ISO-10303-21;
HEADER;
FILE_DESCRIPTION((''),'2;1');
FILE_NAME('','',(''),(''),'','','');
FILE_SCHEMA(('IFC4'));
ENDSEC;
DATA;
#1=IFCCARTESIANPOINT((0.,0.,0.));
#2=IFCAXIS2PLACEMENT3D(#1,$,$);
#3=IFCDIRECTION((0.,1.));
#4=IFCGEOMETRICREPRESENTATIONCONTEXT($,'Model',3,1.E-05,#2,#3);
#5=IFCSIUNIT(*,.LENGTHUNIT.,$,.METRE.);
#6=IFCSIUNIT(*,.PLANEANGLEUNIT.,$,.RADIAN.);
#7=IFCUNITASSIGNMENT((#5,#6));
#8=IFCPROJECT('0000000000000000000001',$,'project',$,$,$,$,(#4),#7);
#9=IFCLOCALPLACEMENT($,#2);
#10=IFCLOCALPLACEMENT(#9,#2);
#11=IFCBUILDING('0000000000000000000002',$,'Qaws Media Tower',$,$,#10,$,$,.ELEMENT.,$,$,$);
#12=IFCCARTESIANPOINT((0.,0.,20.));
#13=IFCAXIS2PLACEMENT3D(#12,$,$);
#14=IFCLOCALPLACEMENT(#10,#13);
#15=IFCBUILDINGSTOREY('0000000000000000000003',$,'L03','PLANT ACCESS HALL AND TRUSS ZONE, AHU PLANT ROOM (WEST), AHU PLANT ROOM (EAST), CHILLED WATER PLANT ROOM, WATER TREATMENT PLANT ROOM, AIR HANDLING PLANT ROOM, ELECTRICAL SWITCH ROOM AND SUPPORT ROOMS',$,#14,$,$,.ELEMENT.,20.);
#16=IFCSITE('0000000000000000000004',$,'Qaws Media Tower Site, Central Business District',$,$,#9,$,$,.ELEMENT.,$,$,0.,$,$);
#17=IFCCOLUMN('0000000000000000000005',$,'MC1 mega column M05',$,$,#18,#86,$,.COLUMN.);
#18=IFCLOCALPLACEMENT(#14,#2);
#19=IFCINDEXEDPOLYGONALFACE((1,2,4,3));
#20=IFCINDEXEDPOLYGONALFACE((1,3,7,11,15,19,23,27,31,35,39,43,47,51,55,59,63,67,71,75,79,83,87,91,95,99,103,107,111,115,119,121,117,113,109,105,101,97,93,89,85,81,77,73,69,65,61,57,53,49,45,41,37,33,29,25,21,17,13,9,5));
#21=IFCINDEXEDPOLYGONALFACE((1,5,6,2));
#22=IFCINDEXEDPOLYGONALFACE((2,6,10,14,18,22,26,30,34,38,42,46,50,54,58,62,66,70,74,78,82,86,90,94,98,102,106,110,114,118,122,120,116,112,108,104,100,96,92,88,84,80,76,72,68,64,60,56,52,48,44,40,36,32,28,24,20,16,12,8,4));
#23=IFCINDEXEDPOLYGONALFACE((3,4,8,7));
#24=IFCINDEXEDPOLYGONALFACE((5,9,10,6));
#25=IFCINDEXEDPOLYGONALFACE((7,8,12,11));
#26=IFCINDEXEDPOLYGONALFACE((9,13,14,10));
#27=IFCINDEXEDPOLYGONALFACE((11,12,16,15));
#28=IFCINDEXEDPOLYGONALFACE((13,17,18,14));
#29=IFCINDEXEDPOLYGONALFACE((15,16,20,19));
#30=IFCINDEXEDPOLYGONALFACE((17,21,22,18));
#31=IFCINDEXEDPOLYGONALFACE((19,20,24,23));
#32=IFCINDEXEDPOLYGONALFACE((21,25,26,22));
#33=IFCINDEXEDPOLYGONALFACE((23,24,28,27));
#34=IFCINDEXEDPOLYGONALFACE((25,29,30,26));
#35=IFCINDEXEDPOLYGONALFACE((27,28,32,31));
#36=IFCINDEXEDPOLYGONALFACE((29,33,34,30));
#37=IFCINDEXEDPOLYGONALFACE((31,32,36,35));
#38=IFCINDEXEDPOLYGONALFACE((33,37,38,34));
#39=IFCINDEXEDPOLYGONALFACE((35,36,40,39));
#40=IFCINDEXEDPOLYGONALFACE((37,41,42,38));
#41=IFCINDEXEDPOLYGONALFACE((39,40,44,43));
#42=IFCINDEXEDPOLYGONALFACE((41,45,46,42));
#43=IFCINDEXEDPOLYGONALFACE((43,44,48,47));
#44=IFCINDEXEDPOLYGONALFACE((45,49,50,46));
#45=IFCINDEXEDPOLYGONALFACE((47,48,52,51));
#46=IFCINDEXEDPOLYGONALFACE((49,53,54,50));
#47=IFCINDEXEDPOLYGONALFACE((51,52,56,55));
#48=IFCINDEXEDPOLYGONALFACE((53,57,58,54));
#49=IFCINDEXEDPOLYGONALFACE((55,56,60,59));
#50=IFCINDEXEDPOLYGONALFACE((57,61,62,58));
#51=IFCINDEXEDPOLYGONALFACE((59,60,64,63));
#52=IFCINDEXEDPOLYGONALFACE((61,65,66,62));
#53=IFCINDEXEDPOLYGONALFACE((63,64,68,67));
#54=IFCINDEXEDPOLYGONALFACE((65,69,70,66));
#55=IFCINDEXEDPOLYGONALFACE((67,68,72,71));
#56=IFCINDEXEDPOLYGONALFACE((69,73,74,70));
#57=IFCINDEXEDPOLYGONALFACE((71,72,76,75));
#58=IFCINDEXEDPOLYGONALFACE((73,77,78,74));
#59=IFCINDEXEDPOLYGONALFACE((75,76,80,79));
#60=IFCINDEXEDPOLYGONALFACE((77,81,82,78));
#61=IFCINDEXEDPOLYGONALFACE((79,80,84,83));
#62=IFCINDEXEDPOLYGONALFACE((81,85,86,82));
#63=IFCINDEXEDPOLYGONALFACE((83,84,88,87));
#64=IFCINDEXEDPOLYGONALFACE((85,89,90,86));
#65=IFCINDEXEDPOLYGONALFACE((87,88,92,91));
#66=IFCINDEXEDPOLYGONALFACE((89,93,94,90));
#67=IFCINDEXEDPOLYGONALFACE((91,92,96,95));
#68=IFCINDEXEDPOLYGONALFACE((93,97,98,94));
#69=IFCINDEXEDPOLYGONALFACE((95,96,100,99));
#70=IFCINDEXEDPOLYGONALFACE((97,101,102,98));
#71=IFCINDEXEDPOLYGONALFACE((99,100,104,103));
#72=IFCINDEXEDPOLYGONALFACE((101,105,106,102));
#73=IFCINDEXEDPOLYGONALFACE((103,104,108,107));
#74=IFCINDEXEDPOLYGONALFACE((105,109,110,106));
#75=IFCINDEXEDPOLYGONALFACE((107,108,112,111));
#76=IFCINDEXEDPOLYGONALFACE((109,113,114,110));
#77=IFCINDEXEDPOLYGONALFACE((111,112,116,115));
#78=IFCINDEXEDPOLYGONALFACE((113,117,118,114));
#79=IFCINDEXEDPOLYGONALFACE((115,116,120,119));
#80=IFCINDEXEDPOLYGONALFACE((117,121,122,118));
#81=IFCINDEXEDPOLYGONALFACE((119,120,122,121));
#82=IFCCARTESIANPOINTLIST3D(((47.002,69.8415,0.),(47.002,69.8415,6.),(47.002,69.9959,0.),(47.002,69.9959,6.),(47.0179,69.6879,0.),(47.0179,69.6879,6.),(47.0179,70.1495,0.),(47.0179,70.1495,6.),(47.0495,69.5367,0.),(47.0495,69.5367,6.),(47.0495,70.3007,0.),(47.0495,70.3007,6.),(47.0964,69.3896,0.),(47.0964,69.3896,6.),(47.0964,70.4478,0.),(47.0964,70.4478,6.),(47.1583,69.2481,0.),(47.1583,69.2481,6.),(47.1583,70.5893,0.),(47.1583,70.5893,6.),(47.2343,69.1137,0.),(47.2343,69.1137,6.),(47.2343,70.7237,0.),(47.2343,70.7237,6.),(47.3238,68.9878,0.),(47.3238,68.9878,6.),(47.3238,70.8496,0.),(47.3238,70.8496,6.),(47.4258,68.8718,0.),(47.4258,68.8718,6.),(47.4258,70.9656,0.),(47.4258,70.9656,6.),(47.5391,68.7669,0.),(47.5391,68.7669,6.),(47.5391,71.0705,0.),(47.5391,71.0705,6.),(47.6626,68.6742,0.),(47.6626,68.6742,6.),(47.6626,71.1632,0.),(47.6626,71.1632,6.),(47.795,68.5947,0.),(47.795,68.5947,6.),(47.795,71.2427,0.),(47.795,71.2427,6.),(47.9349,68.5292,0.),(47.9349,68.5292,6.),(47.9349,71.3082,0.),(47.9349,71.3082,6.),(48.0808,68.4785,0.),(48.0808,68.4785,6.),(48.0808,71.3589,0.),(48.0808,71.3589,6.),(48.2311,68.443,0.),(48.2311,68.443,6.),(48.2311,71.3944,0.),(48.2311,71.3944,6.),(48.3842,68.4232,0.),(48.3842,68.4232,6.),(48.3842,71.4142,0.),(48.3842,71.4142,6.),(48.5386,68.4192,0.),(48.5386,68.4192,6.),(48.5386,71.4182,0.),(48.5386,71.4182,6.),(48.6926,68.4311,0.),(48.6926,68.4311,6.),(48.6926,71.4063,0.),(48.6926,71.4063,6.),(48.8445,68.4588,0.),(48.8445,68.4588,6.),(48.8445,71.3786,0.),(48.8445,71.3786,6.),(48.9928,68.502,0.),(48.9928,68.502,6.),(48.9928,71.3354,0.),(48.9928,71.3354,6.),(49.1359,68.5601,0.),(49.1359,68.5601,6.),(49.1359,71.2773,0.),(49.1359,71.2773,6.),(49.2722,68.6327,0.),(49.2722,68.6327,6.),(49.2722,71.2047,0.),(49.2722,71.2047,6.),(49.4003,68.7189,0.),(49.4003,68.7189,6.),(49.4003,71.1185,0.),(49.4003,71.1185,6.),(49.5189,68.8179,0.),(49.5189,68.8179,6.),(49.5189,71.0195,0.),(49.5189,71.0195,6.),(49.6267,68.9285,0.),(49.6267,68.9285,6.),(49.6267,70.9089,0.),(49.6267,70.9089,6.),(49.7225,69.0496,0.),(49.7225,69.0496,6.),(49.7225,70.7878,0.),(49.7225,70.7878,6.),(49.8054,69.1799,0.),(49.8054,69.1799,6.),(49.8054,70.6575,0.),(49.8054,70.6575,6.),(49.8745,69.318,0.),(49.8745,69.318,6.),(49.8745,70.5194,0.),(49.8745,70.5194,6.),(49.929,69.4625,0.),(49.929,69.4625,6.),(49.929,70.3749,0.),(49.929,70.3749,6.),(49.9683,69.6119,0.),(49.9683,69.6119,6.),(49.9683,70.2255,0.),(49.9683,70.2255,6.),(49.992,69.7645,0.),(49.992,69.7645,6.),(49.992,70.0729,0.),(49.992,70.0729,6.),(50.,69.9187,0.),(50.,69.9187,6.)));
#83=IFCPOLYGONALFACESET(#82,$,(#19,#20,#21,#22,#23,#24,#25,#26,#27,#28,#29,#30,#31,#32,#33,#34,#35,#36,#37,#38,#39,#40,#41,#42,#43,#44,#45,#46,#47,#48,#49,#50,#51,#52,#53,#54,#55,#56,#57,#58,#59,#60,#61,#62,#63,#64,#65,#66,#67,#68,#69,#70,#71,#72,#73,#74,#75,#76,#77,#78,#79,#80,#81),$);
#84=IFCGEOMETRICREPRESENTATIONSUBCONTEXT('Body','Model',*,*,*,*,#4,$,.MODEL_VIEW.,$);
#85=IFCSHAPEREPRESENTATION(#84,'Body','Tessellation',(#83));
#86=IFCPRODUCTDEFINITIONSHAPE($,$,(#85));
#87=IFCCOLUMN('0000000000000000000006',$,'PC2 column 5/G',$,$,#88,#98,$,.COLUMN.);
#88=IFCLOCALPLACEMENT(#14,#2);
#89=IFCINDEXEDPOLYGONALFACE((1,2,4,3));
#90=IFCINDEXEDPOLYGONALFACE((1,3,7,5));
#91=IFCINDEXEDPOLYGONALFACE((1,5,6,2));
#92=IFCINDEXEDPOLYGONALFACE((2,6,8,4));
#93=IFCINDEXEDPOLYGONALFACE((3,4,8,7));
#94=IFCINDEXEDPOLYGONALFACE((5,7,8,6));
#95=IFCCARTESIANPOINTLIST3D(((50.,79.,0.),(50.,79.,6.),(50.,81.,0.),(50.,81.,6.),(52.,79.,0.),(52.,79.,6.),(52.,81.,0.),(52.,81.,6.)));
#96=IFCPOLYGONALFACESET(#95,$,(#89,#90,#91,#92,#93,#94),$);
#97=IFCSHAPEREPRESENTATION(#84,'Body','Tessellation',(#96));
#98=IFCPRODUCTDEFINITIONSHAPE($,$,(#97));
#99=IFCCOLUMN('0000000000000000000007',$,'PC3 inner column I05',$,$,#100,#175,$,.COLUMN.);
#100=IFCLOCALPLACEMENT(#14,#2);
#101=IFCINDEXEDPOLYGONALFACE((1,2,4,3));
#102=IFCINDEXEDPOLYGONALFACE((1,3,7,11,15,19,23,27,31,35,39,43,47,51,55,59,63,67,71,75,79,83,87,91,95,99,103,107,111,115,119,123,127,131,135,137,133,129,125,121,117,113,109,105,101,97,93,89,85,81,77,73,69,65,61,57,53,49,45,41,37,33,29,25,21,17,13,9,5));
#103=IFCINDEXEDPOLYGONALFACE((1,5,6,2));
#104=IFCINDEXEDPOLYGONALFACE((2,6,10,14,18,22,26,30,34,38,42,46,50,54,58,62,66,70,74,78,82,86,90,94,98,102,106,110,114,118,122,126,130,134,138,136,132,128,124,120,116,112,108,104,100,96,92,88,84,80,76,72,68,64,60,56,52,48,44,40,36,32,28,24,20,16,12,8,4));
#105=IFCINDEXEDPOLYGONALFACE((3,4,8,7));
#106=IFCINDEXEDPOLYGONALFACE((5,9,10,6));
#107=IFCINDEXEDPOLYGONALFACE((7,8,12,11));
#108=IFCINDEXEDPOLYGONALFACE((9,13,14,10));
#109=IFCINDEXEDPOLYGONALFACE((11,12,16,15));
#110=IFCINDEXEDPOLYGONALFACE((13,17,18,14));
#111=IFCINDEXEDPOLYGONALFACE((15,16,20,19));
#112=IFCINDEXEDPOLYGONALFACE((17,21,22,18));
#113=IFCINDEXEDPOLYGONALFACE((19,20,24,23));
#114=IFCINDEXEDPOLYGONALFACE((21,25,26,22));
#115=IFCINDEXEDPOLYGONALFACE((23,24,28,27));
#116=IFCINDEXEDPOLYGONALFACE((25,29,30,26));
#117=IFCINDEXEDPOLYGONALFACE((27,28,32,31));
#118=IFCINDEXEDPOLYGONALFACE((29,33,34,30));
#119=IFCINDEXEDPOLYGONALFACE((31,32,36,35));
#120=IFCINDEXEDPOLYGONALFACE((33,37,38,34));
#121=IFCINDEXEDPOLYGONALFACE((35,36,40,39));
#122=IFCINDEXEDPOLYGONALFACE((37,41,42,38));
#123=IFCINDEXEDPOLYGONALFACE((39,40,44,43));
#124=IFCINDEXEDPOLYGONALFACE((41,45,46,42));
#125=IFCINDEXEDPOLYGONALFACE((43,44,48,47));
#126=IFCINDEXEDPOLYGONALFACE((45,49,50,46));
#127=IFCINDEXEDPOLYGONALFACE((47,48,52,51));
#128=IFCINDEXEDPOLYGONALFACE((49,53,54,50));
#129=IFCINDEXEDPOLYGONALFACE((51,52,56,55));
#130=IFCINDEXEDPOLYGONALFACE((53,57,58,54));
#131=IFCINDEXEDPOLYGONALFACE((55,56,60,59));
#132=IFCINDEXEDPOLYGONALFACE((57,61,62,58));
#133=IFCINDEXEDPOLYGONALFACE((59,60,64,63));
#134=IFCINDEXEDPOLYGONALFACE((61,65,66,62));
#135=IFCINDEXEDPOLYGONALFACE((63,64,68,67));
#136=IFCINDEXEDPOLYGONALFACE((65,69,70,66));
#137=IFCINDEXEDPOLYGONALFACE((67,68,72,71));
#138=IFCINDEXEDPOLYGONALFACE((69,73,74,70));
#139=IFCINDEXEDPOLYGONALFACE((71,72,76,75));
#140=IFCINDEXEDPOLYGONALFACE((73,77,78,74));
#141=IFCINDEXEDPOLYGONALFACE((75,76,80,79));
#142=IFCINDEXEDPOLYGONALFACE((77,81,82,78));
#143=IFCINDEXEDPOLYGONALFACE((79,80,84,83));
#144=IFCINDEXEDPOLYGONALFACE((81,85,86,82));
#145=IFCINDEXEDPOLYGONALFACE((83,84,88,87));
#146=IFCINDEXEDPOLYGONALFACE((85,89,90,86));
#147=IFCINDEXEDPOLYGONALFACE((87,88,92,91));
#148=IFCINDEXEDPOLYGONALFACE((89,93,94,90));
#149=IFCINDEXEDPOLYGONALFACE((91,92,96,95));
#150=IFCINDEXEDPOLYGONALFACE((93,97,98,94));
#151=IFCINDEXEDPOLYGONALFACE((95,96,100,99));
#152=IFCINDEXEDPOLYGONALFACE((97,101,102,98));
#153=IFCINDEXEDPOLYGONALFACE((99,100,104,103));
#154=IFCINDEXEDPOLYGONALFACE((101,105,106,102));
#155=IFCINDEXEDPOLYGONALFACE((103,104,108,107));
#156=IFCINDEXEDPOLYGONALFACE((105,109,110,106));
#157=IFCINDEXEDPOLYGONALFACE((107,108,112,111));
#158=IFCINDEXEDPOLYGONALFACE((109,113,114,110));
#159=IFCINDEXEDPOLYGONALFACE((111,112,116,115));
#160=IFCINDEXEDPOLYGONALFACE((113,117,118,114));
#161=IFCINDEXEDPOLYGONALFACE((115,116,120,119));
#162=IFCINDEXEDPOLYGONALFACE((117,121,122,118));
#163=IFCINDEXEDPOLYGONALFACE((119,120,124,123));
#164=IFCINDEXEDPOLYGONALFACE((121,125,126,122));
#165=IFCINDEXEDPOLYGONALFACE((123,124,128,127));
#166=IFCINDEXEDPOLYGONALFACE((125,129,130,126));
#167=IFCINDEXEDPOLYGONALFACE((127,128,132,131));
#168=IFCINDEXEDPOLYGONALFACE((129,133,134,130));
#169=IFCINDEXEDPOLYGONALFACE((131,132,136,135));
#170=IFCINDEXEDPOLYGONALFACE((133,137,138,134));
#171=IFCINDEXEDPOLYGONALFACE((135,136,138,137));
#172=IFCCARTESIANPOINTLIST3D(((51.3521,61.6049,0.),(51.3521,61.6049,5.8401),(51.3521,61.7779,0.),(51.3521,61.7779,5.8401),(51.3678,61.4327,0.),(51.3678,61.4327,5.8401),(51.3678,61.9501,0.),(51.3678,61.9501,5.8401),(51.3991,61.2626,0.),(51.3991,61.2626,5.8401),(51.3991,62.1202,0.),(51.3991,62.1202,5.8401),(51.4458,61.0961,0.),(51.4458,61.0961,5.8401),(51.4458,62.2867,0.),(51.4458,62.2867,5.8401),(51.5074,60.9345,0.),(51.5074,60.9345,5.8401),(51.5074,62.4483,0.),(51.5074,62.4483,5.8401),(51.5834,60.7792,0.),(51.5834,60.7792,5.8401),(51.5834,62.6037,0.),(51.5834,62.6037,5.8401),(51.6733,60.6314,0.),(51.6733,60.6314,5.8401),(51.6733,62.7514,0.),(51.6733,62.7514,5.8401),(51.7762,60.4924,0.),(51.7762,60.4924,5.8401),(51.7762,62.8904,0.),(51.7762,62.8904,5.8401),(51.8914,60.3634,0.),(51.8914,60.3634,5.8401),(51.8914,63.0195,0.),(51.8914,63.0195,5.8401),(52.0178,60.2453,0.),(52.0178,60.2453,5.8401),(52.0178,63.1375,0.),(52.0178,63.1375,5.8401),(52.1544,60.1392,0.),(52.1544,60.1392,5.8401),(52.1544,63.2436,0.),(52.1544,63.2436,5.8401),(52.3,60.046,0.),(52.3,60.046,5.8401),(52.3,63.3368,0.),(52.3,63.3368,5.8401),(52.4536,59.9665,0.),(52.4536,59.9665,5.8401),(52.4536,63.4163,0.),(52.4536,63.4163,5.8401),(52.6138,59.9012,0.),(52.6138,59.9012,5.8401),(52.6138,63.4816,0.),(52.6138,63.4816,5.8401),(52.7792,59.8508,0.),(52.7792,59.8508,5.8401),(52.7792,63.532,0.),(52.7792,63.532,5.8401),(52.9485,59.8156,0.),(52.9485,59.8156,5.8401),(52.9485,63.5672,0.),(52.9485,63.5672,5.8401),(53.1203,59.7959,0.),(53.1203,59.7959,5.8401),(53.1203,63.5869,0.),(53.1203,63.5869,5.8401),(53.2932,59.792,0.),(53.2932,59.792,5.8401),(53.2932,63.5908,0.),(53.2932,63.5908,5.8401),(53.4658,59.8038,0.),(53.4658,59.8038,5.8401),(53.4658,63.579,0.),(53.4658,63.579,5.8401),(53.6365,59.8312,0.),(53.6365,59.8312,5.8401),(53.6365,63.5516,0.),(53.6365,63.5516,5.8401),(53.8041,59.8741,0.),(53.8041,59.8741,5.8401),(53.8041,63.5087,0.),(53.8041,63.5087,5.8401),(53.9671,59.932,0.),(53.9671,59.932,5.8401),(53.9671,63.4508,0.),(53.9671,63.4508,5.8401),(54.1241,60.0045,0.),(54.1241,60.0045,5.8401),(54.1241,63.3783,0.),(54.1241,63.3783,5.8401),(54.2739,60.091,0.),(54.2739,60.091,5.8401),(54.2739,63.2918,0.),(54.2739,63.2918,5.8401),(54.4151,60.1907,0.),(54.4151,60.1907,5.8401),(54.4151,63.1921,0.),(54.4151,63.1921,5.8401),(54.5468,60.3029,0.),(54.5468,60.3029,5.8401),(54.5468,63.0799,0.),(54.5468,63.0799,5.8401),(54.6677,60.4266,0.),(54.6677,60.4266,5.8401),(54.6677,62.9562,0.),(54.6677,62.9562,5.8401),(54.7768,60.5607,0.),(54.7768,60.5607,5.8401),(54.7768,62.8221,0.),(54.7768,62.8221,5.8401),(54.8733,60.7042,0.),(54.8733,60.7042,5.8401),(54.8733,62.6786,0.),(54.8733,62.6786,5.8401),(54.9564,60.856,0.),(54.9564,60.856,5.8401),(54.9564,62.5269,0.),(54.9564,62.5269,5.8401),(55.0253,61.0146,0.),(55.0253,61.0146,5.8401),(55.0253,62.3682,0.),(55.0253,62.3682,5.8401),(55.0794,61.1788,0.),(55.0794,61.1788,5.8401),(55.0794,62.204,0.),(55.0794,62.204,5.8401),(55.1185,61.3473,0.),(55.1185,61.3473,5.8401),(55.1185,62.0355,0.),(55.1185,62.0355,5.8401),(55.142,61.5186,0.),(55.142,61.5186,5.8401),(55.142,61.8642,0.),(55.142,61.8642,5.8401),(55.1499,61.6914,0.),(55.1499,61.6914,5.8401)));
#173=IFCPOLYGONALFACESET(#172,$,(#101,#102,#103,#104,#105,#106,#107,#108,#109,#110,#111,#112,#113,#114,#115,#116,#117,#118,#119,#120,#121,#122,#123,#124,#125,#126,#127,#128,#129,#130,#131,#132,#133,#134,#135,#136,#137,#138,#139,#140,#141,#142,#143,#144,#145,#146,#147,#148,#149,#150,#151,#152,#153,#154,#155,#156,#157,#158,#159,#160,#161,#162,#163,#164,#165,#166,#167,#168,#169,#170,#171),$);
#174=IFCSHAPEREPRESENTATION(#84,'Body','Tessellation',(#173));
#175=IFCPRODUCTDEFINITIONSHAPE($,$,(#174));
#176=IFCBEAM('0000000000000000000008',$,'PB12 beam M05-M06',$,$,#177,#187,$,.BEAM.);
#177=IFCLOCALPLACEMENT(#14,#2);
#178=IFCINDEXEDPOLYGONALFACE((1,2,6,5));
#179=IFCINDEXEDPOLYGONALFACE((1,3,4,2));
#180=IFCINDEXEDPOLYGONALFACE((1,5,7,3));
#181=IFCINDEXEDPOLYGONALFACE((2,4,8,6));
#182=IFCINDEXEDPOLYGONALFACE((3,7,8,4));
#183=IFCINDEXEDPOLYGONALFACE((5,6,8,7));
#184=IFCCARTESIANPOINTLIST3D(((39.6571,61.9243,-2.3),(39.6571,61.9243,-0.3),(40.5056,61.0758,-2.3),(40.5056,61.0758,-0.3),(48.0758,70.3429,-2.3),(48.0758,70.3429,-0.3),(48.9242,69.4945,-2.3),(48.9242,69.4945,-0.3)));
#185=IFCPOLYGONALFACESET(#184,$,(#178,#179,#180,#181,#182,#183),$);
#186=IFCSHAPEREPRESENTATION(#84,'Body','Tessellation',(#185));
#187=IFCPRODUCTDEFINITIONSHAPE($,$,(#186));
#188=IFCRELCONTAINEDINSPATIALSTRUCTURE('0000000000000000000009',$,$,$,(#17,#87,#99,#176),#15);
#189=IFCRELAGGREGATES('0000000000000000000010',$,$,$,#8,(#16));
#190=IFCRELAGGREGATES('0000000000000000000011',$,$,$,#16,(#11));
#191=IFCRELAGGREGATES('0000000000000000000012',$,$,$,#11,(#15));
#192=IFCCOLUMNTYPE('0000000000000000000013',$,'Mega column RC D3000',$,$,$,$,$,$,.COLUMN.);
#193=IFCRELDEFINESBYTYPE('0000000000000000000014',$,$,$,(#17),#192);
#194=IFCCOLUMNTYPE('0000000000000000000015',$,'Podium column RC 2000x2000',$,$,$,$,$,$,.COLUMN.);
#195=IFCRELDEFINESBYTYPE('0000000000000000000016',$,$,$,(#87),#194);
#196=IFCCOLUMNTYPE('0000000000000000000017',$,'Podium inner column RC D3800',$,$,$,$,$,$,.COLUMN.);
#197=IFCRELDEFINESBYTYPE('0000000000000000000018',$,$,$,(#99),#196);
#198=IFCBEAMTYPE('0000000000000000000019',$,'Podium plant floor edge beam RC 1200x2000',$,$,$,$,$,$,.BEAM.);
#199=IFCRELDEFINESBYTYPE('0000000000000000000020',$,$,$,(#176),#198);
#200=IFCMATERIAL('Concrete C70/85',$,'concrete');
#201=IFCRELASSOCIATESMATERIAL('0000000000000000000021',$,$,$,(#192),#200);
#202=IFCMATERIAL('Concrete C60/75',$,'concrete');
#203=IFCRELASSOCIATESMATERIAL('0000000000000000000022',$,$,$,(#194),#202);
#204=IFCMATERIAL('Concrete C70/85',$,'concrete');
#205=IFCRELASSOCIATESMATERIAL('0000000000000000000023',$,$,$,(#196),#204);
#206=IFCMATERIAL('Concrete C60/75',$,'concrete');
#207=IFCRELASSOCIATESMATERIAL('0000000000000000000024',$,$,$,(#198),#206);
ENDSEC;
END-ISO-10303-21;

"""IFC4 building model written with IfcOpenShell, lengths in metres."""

from ifc_helpers import new_model, si_unit, direction, frame, origin, origin_2d, place, context, subcontext, project, spatial, rectangle, circle, extrude, material, material_profile, profile_set, type_object, element, save


model = new_model("IFC4")

# Units and contexts
model_context = context("Model", 3, precision=1e-05, world=origin(), true_north=direction((0.0, 1.0)))
body_context = subcontext(model_context, "Body", "Model", "MODEL_VIEW")
ifc_project = project(units=[si_unit("LENGTHUNIT", "METRE"), si_unit("PLANEANGLEUNIT", "RADIAN")], contexts=[model_context])

# Site, building, storey
site_placement = place(None, origin())
site = spatial("IfcSite", under=ifc_project, at=site_placement, Name="Qaws Media Tower Site, Central Business District", CompositionType="ELEMENT", RefElevation=0.0)
building_placement = place(site_placement, origin())
building = spatial("IfcBuilding", under=site, at=building_placement, Name="Qaws Media Tower", CompositionType="ELEMENT")
storey_placement = place(building_placement, frame((0.0, 0.0, 20.0)))
storey = spatial("IfcBuildingStorey", under=building, at=storey_placement, Name="L03", Description="PLANT ACCESS HALL AND TRUSS ZONE, AHU PLANT ROOM (WEST), AHU PLANT ROOM (EAST), CHILLED WATER PLANT ROOM, WATER TREATMENT PLANT ROOM, AIR HANDLING PLANT ROOM, ELECTRICAL SWITCH ROOM AND SUPPORT ROOMS", CompositionType="ELEMENT", Elevation=20.0)

# Columns
ifc_material_1 = material(Name="Concrete C70/85", Category="concrete")
ifc_material_profile_1 = material_profile(ifc_material_1, circle(Radius=1.5, at=origin_2d()), Name="RC D3000")
ifc_profile_set_1 = profile_set([ifc_material_profile_1], Name="Concrete C70/85")
column_type_1 = type_object("IfcColumnType", Name="Mega column RC D3000", PredefinedType="COLUMN", material=ifc_profile_set_1)
column_1_placement = place(storey_placement, frame((48.5, 69.9187, 0.0), z_axis=(0.0, 0.0, 1.0), x_axis=(1.0, 0.0, 0.0)))
element("IfcColumn", 1, at=column_1_placement, inside=storey, type_object=column_type_1, Name="MC1 mega column M05", PredefinedType="COLUMN", context=body_context, shape_type="SweptSolid", body=[
    extrude(circle(Radius=1.5, at=origin_2d()), origin(), (0.0, 0.0, 1.0), 6.0),
])
ifc_material_2 = material(Name="Concrete C60/75", Category="concrete")
ifc_material_profile_2 = material_profile(ifc_material_2, rectangle(XDim=2.0, YDim=2.0, at=origin_2d()), Name="RC 2000x2000")
ifc_profile_set_2 = profile_set([ifc_material_profile_2], Name="Concrete C60/75")
column_type_2 = type_object("IfcColumnType", Name="Podium column RC 2000x2000", PredefinedType="COLUMN", material=ifc_profile_set_2)
column_2_placement = place(storey_placement, frame((51.0, 80.0, 0.0), z_axis=(0.0, 0.0, 1.0), x_axis=(1.0, 0.0, 0.0)))
element("IfcColumn", 2, at=column_2_placement, inside=storey, type_object=column_type_2, Name="PC2 column 5/G", PredefinedType="COLUMN", context=body_context, shape_type="SweptSolid", body=[
    extrude(rectangle(XDim=2.0, YDim=2.0, at=origin_2d()), origin(), (0.0, 0.0, 1.0), 6.0),
])
ifc_material_3 = material(Name="Concrete C70/85", Category="concrete")
ifc_material_profile_3 = material_profile(ifc_material_3, circle(Radius=1.8999, at=origin_2d()), Name="RC D3800")
ifc_profile_set_3 = profile_set([ifc_material_profile_3], Name="Concrete C70/85")
column_type_3 = type_object("IfcColumnType", Name="Podium inner column RC D3800", PredefinedType="COLUMN", material=ifc_profile_set_3)
column_3_placement = place(storey_placement, frame((53.25, 61.6914, 0.0), z_axis=(0.0, 0.0, 1.0), x_axis=(1.0, 0.0, 0.0)))
element("IfcColumn", 3, at=column_3_placement, inside=storey, type_object=column_type_3, Name="PC3 inner column I05", PredefinedType="COLUMN", context=body_context, shape_type="SweptSolid", body=[
    extrude(circle(Radius=1.8999, at=origin_2d()), origin(), (0.0, 0.0, 1.0), 5.8401),
])

# Beam
ifc_material_4 = material(Name="Concrete C60/75", Category="concrete")
ifc_material_profile_4 = material_profile(ifc_material_4, rectangle(XDim=1.2, YDim=2.0, at=origin_2d()), Name="RC 1200x2000")
ifc_profile_set_4 = profile_set([ifc_material_profile_4], Name="Concrete C60/75")
beam_type_1 = type_object("IfcBeamType", Name="Podium plant floor edge beam RC 1200x2000", PredefinedType="BEAM", material=ifc_profile_set_4)
beam_1_placement = place(storey_placement, frame((48.5, 69.9187, -1.3), z_axis=(-0.707107, -0.707107, 0.0), x_axis=(0.707107, -0.707107, 0.0)))
element("IfcBeam", 4, at=beam_1_placement, inside=storey, type_object=beam_type_1, Name="PB12 beam M05-M06", PredefinedType="BEAM", context=body_context, shape_type="SweptSolid", body=[
    extrude(rectangle(XDim=1.2, YDim=2.0, at=origin_2d()), origin(), (0.0, 0.0, 1.0), 11.9058),
])

save(model, "model.ifc")
